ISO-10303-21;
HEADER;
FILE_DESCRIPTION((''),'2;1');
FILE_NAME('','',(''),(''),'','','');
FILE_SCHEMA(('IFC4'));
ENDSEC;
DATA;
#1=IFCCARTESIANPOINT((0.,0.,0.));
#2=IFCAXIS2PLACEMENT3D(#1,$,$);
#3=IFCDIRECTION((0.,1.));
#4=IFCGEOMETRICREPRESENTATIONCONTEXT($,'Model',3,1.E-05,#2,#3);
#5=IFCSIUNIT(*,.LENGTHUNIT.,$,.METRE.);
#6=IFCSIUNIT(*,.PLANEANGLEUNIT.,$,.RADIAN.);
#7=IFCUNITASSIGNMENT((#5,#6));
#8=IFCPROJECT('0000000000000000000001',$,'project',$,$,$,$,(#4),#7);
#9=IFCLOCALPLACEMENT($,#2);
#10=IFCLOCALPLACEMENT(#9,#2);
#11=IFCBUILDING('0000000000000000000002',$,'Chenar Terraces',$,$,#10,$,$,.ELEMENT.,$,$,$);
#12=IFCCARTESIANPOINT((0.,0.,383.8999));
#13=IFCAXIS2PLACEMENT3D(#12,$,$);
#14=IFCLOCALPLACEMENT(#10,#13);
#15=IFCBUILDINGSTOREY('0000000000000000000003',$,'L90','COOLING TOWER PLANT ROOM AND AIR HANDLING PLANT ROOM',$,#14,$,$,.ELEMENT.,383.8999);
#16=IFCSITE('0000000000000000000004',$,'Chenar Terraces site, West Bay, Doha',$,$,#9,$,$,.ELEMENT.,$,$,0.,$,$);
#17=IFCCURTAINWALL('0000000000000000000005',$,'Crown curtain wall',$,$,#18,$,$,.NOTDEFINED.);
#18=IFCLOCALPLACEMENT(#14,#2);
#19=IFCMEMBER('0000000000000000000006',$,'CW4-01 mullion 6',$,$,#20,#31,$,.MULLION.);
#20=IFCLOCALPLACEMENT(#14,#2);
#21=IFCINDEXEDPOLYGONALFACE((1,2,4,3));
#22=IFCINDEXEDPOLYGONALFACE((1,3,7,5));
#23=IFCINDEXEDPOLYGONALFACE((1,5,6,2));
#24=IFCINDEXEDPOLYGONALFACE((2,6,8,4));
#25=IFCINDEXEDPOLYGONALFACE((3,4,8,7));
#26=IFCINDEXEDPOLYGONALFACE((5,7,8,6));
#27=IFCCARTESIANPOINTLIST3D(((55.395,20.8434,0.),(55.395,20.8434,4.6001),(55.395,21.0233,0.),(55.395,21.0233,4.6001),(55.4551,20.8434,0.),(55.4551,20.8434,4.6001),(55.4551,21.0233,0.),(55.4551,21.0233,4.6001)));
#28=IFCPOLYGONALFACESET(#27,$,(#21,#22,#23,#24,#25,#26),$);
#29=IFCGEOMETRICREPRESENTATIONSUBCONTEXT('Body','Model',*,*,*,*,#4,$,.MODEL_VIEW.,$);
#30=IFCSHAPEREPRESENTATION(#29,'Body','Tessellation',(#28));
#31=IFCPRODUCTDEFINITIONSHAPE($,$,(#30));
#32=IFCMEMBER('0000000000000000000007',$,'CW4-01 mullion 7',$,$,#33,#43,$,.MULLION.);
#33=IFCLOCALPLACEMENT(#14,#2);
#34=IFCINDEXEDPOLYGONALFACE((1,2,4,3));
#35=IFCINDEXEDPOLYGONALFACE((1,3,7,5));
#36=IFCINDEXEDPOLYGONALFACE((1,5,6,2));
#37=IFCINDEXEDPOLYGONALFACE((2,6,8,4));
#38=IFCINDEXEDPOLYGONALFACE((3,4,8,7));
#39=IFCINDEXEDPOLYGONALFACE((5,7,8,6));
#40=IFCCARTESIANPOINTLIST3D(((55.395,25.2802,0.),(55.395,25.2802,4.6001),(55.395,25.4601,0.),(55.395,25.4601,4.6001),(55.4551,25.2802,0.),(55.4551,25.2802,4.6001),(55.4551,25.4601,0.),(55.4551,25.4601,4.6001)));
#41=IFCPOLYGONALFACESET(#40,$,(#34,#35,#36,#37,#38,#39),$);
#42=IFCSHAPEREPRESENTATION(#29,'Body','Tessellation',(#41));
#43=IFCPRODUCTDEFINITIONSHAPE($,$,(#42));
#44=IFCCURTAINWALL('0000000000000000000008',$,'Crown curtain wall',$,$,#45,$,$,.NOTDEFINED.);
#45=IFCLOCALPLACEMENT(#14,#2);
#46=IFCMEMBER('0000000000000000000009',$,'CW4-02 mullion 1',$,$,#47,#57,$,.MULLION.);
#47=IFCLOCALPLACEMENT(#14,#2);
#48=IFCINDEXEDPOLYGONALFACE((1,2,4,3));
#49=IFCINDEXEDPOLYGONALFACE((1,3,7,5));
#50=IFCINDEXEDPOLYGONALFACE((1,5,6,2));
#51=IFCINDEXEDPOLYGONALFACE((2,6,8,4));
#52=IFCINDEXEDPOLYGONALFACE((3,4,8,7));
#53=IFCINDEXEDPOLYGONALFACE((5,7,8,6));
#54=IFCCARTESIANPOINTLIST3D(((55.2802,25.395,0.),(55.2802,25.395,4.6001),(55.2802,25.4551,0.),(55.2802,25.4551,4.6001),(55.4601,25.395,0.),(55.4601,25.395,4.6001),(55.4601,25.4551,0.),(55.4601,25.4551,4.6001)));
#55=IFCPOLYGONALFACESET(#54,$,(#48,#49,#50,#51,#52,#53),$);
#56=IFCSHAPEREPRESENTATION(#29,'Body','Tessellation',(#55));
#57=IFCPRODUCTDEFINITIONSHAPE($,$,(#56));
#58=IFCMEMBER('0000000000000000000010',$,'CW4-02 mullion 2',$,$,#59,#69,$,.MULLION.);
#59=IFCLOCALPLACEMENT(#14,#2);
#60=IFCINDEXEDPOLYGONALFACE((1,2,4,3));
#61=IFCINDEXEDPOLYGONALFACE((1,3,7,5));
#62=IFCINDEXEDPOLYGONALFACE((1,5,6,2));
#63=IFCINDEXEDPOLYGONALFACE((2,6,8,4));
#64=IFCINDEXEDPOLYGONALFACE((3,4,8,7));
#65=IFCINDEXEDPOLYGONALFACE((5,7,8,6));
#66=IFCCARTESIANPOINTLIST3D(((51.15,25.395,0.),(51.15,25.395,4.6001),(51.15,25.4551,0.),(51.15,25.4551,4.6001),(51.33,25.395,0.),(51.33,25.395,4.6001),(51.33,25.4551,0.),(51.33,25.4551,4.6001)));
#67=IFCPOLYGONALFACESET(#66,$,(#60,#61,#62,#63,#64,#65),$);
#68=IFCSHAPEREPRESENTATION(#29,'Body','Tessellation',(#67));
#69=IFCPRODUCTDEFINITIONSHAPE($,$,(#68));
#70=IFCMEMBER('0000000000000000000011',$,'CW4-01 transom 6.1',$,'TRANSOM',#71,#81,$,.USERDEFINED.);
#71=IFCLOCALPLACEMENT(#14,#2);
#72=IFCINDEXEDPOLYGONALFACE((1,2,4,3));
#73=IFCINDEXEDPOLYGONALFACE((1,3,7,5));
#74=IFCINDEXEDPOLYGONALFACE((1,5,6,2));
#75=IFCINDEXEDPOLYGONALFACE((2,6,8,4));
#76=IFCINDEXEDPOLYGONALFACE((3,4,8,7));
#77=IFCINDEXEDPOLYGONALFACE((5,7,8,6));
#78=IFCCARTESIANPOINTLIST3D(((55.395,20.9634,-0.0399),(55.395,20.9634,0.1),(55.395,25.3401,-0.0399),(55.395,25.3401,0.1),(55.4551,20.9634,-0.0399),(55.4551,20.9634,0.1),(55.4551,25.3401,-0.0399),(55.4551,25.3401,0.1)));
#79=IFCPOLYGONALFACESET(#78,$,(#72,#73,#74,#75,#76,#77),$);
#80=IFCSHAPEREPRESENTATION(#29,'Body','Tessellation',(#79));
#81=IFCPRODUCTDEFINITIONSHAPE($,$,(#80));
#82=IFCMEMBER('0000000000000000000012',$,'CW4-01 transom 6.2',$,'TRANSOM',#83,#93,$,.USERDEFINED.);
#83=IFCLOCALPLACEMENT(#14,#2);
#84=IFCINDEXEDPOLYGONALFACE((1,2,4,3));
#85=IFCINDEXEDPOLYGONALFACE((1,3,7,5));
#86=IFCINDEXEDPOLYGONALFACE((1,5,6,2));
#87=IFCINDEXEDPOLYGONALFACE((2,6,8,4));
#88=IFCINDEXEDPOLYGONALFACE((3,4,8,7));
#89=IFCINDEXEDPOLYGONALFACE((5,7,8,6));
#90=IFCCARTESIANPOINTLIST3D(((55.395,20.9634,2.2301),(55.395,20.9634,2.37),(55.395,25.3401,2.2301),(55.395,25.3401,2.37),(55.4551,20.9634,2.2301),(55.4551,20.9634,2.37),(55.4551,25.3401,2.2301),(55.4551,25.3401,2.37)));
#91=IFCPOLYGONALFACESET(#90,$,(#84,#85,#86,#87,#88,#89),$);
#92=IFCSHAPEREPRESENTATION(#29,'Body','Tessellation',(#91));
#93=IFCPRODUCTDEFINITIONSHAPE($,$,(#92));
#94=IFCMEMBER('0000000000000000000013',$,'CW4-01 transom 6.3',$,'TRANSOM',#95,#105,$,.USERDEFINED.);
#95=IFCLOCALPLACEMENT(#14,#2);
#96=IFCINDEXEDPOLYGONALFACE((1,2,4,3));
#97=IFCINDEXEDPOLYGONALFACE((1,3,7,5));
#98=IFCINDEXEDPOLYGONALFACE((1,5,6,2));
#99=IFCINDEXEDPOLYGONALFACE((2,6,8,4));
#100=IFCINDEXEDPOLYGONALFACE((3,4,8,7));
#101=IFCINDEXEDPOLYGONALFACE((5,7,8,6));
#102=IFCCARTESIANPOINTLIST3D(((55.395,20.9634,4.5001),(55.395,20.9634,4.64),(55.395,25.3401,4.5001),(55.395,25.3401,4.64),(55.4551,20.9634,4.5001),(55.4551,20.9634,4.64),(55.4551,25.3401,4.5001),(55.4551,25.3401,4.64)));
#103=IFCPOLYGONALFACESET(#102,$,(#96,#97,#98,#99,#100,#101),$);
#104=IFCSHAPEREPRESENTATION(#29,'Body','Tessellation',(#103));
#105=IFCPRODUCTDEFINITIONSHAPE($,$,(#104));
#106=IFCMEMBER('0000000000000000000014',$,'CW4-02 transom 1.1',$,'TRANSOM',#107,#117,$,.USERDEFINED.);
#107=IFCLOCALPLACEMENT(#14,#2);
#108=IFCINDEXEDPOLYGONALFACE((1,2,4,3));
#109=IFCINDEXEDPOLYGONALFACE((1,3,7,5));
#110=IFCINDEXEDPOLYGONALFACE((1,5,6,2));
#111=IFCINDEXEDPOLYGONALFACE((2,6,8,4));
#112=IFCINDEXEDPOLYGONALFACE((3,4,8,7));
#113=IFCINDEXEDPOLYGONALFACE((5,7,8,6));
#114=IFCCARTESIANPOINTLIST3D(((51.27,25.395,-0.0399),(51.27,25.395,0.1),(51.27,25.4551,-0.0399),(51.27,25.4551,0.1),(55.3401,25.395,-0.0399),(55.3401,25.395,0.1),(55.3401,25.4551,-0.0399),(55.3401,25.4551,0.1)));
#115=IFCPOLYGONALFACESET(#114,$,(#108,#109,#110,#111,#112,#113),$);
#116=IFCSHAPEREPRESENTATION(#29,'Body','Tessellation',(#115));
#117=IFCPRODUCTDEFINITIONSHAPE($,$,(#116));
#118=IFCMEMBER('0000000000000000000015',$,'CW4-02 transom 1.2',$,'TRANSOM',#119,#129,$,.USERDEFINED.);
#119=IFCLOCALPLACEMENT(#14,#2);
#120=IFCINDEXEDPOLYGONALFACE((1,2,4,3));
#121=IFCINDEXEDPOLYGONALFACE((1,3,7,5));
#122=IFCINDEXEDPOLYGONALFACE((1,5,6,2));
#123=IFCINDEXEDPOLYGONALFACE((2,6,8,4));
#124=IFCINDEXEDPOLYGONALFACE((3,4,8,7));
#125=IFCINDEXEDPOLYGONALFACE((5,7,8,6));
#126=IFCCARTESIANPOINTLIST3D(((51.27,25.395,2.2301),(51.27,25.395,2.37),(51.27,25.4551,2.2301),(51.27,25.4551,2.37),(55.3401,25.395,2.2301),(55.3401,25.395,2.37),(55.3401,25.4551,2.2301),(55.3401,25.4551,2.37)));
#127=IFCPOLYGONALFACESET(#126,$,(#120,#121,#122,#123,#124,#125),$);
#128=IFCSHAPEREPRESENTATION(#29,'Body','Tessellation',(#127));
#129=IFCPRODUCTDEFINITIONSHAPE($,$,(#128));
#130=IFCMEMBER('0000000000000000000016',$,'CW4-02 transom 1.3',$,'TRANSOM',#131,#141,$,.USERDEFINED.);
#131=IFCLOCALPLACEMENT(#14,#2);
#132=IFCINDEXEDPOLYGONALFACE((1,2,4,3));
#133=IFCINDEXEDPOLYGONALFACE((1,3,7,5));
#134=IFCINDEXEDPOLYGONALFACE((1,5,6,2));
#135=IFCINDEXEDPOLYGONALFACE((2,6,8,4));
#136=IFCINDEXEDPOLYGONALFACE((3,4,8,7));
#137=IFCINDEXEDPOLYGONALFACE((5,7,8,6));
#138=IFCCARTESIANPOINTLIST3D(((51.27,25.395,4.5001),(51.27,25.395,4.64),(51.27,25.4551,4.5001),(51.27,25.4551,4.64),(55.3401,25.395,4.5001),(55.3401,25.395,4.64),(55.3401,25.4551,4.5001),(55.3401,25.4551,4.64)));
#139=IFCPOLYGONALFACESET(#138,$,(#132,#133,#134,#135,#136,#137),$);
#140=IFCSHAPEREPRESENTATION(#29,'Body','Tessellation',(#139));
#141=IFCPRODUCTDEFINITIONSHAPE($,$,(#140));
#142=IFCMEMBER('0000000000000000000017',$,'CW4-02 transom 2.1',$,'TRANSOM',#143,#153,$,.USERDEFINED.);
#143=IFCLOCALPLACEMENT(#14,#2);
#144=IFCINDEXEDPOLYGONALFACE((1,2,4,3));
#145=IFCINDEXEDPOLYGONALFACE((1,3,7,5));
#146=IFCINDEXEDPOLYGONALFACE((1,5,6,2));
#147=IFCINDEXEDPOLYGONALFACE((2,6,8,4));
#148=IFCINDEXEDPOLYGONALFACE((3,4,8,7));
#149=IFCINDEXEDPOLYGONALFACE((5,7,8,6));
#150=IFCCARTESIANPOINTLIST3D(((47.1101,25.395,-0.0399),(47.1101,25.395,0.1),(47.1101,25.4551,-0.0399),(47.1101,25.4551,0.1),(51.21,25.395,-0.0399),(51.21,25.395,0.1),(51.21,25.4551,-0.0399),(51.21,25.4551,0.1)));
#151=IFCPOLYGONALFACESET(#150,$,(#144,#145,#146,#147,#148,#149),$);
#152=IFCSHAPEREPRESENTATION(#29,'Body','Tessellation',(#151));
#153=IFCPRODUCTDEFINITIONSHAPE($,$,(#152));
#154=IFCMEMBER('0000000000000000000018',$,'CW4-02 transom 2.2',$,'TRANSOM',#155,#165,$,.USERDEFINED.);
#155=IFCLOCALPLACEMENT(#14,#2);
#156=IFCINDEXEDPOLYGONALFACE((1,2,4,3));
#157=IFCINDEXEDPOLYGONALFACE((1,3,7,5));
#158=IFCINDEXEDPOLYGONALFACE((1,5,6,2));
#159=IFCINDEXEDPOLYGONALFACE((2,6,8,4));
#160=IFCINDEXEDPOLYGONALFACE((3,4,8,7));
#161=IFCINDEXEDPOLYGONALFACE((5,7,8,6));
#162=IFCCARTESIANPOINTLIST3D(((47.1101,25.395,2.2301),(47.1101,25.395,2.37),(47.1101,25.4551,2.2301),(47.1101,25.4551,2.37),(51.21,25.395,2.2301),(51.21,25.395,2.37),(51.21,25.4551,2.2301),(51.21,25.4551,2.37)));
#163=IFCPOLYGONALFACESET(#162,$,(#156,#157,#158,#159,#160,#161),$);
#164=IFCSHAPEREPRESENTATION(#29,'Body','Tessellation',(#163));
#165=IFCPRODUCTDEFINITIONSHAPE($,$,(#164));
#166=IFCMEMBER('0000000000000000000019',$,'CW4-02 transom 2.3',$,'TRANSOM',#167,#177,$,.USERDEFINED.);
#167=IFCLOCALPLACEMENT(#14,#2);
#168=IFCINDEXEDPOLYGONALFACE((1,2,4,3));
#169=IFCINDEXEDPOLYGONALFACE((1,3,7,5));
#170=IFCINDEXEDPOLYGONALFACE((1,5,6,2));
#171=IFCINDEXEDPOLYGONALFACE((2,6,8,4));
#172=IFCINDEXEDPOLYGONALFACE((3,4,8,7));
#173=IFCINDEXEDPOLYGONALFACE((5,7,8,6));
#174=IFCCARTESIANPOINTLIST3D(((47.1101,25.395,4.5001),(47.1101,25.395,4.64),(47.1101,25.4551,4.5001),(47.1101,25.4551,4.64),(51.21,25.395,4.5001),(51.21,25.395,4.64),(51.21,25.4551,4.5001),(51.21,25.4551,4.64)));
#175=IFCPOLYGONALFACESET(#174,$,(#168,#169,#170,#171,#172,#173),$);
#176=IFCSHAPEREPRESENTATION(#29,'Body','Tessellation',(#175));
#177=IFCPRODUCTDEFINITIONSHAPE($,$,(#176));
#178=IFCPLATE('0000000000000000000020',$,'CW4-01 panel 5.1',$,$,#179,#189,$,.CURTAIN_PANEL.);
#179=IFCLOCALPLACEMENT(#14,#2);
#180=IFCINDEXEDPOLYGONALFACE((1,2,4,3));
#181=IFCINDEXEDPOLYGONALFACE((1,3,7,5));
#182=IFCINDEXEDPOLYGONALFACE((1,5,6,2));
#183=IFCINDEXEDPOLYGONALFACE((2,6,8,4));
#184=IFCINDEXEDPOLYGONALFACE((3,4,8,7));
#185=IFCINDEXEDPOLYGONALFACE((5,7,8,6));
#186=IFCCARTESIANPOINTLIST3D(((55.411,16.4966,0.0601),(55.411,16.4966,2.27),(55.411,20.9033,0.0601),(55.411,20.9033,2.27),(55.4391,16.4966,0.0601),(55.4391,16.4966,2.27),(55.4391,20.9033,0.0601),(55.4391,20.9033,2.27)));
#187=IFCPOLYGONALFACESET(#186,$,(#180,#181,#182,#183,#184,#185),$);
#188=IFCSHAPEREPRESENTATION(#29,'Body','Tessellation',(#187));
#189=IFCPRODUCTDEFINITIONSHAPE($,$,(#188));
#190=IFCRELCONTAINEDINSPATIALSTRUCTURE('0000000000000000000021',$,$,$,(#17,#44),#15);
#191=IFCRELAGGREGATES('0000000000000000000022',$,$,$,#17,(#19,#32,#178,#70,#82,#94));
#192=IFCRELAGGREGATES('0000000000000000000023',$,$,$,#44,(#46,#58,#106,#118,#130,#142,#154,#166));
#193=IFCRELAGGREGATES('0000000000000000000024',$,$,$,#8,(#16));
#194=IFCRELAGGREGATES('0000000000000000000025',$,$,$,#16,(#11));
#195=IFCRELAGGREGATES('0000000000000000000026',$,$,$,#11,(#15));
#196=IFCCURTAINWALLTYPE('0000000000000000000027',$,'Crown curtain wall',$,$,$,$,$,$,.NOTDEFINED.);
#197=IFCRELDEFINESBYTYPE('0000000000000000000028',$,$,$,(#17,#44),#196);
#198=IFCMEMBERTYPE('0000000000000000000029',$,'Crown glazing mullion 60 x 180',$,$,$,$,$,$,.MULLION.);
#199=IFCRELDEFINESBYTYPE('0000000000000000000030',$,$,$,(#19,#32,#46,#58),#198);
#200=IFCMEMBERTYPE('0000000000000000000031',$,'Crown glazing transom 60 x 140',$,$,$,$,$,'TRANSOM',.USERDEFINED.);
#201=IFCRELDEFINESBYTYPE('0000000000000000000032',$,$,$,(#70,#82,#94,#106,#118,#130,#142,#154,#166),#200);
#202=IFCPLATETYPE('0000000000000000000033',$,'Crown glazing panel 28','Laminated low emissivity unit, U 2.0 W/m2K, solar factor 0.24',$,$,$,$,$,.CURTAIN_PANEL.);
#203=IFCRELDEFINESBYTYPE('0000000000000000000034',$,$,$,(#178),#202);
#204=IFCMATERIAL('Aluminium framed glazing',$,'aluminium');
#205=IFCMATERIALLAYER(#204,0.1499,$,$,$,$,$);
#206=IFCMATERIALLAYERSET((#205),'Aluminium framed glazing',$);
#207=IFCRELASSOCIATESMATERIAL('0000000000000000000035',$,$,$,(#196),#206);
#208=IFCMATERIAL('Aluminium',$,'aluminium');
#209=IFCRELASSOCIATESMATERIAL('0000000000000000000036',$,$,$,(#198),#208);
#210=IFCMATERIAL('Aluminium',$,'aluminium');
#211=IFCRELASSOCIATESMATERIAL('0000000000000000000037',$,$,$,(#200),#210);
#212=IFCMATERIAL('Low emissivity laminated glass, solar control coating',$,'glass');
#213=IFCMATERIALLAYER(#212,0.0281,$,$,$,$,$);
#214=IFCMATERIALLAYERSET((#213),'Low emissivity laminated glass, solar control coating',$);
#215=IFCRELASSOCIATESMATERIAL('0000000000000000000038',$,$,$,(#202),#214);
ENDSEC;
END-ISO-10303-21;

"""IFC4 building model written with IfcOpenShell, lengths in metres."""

from ifc_helpers import new_model, si_unit, direction, frame, origin, origin_2d, place, context, subcontext, project, spatial, rectangle, extrude, material, layer, layer_set, material_profile, profile_set, type_object, element, aggregate, save


model = new_model("IFC4")

# Units and contexts
model_context = context("Model", 3, precision=1e-05, world=origin(), true_north=direction((0.0, 1.0)))
body_context = subcontext(model_context, "Body", "Model", "MODEL_VIEW")
ifc_project = project(units=[si_unit("LENGTHUNIT", "METRE"), si_unit("PLANEANGLEUNIT", "RADIAN")], contexts=[model_context])

# Site, building, storey
site_placement = place(None, origin())
site = spatial("IfcSite", under=ifc_project, at=site_placement, Name="Chenar Terraces site, West Bay, Doha", CompositionType="ELEMENT", RefElevation=0.0)
building_placement = place(site_placement, origin())
building = spatial("IfcBuilding", under=site, at=building_placement, Name="Chenar Terraces", CompositionType="ELEMENT")
storey_placement = place(building_placement, frame((0.0, 0.0, 383.8999)))
storey = spatial("IfcBuildingStorey", under=building, at=storey_placement, Name="L90", Description="COOLING TOWER PLANT ROOM AND AIR HANDLING PLANT ROOM", CompositionType="ELEMENT", Elevation=383.8999)

# Curtain walls, members
ifc_material_1 = material(Name="Aluminium framed glazing", Category="aluminium")
ifc_layer_1 = layer(ifc_material_1, 0.1499)
ifc_layer_set_1 = layer_set([ifc_layer_1], Name="Aluminium framed glazing")
curtain_wall_type = type_object("IfcCurtainWallType", Name="Crown curtain wall", PredefinedType="NOTDEFINED", material=ifc_layer_set_1)
placement = place(storey_placement, origin())
curtain_wall_1 = element("IfcCurtainWall", 1, at=placement, inside=storey, type_object=curtain_wall_type, Name="Crown curtain wall", PredefinedType="NOTDEFINED")
ifc_material_2 = material(Name="Aluminium", Category="aluminium")
ifc_material_profile_1 = material_profile(ifc_material_2, rectangle(XDim=0.0601, YDim=0.1799, at=origin_2d()), Name="Crown glazing mullion 60 x 180")
ifc_profile_set_1 = profile_set([ifc_material_profile_1], Name="Aluminium")
member_type_1 = type_object("IfcMemberType", Name="Crown glazing mullion 60 x 180", PredefinedType="MULLION", material=ifc_profile_set_1)
member_1_placement = place(storey_placement, frame((55.425, 20.9333, 0.0), z_axis=(0.0, 0.0, 1.0), x_axis=(-1.0, 0.0, 0.0)))
member_1 = element("IfcMember", 2, at=member_1_placement, type_object=member_type_1, Name="CW4-01 mullion 6", PredefinedType="MULLION", context=body_context, shape_type="SweptSolid", body=[
    extrude(rectangle(XDim=0.0601, YDim=0.1799, at=origin_2d()), origin(), (0.0, 0.0, 1.0), 4.6001),
])
member_2_placement = place(storey_placement, frame((55.425, 25.3701, 0.0), z_axis=(0.0, 0.0, 1.0), x_axis=(-1.0, 0.0, 0.0)))
member_2 = element("IfcMember", 3, at=member_2_placement, type_object=member_type_1, Name="CW4-01 mullion 7", PredefinedType="MULLION", context=body_context, shape_type="SweptSolid", body=[
    extrude(rectangle(XDim=0.0601, YDim=0.1799, at=origin_2d()), origin(), (0.0, 0.0, 1.0), 4.6001),
])
curtain_wall_2 = element("IfcCurtainWall", 4, at=placement, inside=storey, type_object=curtain_wall_type, Name="Crown curtain wall", PredefinedType="NOTDEFINED")
member_3_placement = place(storey_placement, frame((55.3701, 25.425, 0.0), z_axis=(0.0, 0.0, 1.0), x_axis=(0.0, -1.0, 0.0)))
member_3 = element("IfcMember", 5, at=member_3_placement, type_object=member_type_1, Name="CW4-02 mullion 1", PredefinedType="MULLION", context=body_context, shape_type="SweptSolid", body=[
    extrude(rectangle(XDim=0.0601, YDim=0.1799, at=origin_2d()), origin(), (0.0, 0.0, 1.0), 4.6001),
])
member_4_placement = place(storey_placement, frame((51.24, 25.425, 0.0), z_axis=(0.0, 0.0, 1.0), x_axis=(0.0, -1.0, 0.0)))
member_4 = element("IfcMember", 6, at=member_4_placement, type_object=member_type_1, Name="CW4-02 mullion 2", PredefinedType="MULLION", context=body_context, shape_type="SweptSolid", body=[
    extrude(rectangle(XDim=0.0601, YDim=0.1799, at=origin_2d()), origin(), (0.0, 0.0, 1.0), 4.6001),
])

# Members
ifc_material_3 = material(Name="Aluminium", Category="aluminium")
ifc_material_profile_2 = material_profile(ifc_material_3, rectangle(XDim=0.0601, YDim=0.1399, at=origin_2d()), Name="Crown glazing transom 60 x 140")
ifc_profile_set_2 = profile_set([ifc_material_profile_2], Name="Aluminium")
member_type_2 = type_object("IfcMemberType", Name="Crown glazing transom 60 x 140", ElementType="TRANSOM", PredefinedType="USERDEFINED", material=ifc_profile_set_2)
member_5_placement = place(storey_placement, frame((55.425, 20.9634, 0.03), z_axis=(0.0, 1.0, 0.0), x_axis=(-1.0, 0.0, 0.0)))
member_5 = element("IfcMember", 7, at=member_5_placement, type_object=member_type_2, Name="CW4-01 transom 6.1", ObjectType="TRANSOM", PredefinedType="USERDEFINED", context=body_context, shape_type="SweptSolid", body=[
    extrude(rectangle(XDim=0.0601, YDim=0.1399, at=origin_2d()), origin(), (0.0, 0.0, 1.0), 4.3767),
])
member_6_placement = place(storey_placement, frame((55.425, 20.9634, 2.3), z_axis=(0.0, 1.0, 0.0), x_axis=(-1.0, 0.0, 0.0)))
member_6 = element("IfcMember", 8, at=member_6_placement, type_object=member_type_2, Name="CW4-01 transom 6.2", ObjectType="TRANSOM", PredefinedType="USERDEFINED", context=body_context, shape_type="SweptSolid", body=[
    extrude(rectangle(XDim=0.0601, YDim=0.1399, at=origin_2d()), origin(), (0.0, 0.0, 1.0), 4.3767),
])
member_7_placement = place(storey_placement, frame((55.425, 20.9634, 4.5701), z_axis=(0.0, 1.0, 0.0), x_axis=(-1.0, 0.0, 0.0)))
member_7 = element("IfcMember", 9, at=member_7_placement, type_object=member_type_2, Name="CW4-01 transom 6.3", ObjectType="TRANSOM", PredefinedType="USERDEFINED", context=body_context, shape_type="SweptSolid", body=[
    extrude(rectangle(XDim=0.0601, YDim=0.1399, at=origin_2d()), origin(), (0.0, 0.0, 1.0), 4.3767),
])
member_8_placement = place(storey_placement, frame((55.3401, 25.425, 0.03), z_axis=(-1.0, 0.0, 0.0), x_axis=(0.0, -1.0, 0.0)))
member_8 = element("IfcMember", 10, at=member_8_placement, type_object=member_type_2, Name="CW4-02 transom 1.1", ObjectType="TRANSOM", PredefinedType="USERDEFINED", context=body_context, shape_type="SweptSolid", body=[
    extrude(rectangle(XDim=0.0601, YDim=0.1399, at=origin_2d()), origin(), (0.0, 0.0, 1.0), 4.0701),
])
member_9_placement = place(storey_placement, frame((55.3401, 25.425, 2.3), z_axis=(-1.0, 0.0, 0.0), x_axis=(0.0, -1.0, 0.0)))
member_9 = element("IfcMember", 11, at=member_9_placement, type_object=member_type_2, Name="CW4-02 transom 1.2", ObjectType="TRANSOM", PredefinedType="USERDEFINED", context=body_context, shape_type="SweptSolid", body=[
    extrude(rectangle(XDim=0.0601, YDim=0.1399, at=origin_2d()), origin(), (0.0, 0.0, 1.0), 4.0701),
])
member_10_placement = place(storey_placement, frame((55.3401, 25.425, 4.5701), z_axis=(-1.0, 0.0, 0.0), x_axis=(0.0, -1.0, 0.0)))
member_10 = element("IfcMember", 12, at=member_10_placement, type_object=member_type_2, Name="CW4-02 transom 1.3", ObjectType="TRANSOM", PredefinedType="USERDEFINED", context=body_context, shape_type="SweptSolid", body=[
    extrude(rectangle(XDim=0.0601, YDim=0.1399, at=origin_2d()), origin(), (0.0, 0.0, 1.0), 4.0701),
])
member_11_placement = place(storey_placement, frame((51.21, 25.425, 0.03), z_axis=(-1.0, 0.0, 0.0), x_axis=(0.0, -1.0, 0.0)))
member_11 = element("IfcMember", 13, at=member_11_placement, type_object=member_type_2, Name="CW4-02 transom 2.1", ObjectType="TRANSOM", PredefinedType="USERDEFINED", context=body_context, shape_type="SweptSolid", body=[
    extrude(rectangle(XDim=0.0601, YDim=0.1399, at=origin_2d()), origin(), (0.0, 0.0, 1.0), 4.0999),
])
member_12_placement = place(storey_placement, frame((51.21, 25.425, 2.3), z_axis=(-1.0, 0.0, 0.0), x_axis=(0.0, -1.0, 0.0)))
member_12 = element("IfcMember", 14, at=member_12_placement, type_object=member_type_2, Name="CW4-02 transom 2.2", ObjectType="TRANSOM", PredefinedType="USERDEFINED", context=body_context, shape_type="SweptSolid", body=[
    extrude(rectangle(XDim=0.0601, YDim=0.1399, at=origin_2d()), origin(), (0.0, 0.0, 1.0), 4.0999),
])
member_13_placement = place(storey_placement, frame((51.21, 25.425, 4.5701), z_axis=(-1.0, 0.0, 0.0), x_axis=(0.0, -1.0, 0.0)))
member_13 = element("IfcMember", 15, at=member_13_placement, type_object=member_type_2, Name="CW4-02 transom 2.3", ObjectType="TRANSOM", PredefinedType="USERDEFINED", context=body_context, shape_type="SweptSolid", body=[
    extrude(rectangle(XDim=0.0601, YDim=0.1399, at=origin_2d()), origin(), (0.0, 0.0, 1.0), 4.0999),
])

# Plate
ifc_material_4 = material(Name="Low emissivity laminated glass, solar control coating", Category="glass")
ifc_layer_2 = layer(ifc_material_4, 0.0281)
ifc_layer_set_2 = layer_set([ifc_layer_2], Name="Low emissivity laminated glass, solar control coating")
plate_type = type_object("IfcPlateType", Name="Crown glazing panel 28", Description="Laminated low emissivity unit, U 2.0 W/m2K, solar factor 0.24", PredefinedType="CURTAIN_PANEL", material=ifc_layer_set_2)
plate_1_placement = place(storey_placement, frame((55.425, 18.7, 0.0601), z_axis=(0.0, 0.0, 1.0), x_axis=(0.0, 1.0, 0.0)))
plate_1 = element("IfcPlate", 16, at=plate_1_placement, type_object=plate_type, Name="CW4-01 panel 5.1", PredefinedType="CURTAIN_PANEL", context=body_context, shape_type="SweptSolid", body=[
    extrude(rectangle(XDim=4.4067, YDim=0.0281, at=origin_2d()), origin(), (0.0, 0.0, 1.0), 2.21),
])
aggregate(curtain_wall_1, [member_1, member_2, plate_1, member_5, member_6, member_7])
aggregate(curtain_wall_2, [member_3, member_4, member_8, member_9, member_10, member_11, member_12, member_13])

save(model, "model.ifc")
